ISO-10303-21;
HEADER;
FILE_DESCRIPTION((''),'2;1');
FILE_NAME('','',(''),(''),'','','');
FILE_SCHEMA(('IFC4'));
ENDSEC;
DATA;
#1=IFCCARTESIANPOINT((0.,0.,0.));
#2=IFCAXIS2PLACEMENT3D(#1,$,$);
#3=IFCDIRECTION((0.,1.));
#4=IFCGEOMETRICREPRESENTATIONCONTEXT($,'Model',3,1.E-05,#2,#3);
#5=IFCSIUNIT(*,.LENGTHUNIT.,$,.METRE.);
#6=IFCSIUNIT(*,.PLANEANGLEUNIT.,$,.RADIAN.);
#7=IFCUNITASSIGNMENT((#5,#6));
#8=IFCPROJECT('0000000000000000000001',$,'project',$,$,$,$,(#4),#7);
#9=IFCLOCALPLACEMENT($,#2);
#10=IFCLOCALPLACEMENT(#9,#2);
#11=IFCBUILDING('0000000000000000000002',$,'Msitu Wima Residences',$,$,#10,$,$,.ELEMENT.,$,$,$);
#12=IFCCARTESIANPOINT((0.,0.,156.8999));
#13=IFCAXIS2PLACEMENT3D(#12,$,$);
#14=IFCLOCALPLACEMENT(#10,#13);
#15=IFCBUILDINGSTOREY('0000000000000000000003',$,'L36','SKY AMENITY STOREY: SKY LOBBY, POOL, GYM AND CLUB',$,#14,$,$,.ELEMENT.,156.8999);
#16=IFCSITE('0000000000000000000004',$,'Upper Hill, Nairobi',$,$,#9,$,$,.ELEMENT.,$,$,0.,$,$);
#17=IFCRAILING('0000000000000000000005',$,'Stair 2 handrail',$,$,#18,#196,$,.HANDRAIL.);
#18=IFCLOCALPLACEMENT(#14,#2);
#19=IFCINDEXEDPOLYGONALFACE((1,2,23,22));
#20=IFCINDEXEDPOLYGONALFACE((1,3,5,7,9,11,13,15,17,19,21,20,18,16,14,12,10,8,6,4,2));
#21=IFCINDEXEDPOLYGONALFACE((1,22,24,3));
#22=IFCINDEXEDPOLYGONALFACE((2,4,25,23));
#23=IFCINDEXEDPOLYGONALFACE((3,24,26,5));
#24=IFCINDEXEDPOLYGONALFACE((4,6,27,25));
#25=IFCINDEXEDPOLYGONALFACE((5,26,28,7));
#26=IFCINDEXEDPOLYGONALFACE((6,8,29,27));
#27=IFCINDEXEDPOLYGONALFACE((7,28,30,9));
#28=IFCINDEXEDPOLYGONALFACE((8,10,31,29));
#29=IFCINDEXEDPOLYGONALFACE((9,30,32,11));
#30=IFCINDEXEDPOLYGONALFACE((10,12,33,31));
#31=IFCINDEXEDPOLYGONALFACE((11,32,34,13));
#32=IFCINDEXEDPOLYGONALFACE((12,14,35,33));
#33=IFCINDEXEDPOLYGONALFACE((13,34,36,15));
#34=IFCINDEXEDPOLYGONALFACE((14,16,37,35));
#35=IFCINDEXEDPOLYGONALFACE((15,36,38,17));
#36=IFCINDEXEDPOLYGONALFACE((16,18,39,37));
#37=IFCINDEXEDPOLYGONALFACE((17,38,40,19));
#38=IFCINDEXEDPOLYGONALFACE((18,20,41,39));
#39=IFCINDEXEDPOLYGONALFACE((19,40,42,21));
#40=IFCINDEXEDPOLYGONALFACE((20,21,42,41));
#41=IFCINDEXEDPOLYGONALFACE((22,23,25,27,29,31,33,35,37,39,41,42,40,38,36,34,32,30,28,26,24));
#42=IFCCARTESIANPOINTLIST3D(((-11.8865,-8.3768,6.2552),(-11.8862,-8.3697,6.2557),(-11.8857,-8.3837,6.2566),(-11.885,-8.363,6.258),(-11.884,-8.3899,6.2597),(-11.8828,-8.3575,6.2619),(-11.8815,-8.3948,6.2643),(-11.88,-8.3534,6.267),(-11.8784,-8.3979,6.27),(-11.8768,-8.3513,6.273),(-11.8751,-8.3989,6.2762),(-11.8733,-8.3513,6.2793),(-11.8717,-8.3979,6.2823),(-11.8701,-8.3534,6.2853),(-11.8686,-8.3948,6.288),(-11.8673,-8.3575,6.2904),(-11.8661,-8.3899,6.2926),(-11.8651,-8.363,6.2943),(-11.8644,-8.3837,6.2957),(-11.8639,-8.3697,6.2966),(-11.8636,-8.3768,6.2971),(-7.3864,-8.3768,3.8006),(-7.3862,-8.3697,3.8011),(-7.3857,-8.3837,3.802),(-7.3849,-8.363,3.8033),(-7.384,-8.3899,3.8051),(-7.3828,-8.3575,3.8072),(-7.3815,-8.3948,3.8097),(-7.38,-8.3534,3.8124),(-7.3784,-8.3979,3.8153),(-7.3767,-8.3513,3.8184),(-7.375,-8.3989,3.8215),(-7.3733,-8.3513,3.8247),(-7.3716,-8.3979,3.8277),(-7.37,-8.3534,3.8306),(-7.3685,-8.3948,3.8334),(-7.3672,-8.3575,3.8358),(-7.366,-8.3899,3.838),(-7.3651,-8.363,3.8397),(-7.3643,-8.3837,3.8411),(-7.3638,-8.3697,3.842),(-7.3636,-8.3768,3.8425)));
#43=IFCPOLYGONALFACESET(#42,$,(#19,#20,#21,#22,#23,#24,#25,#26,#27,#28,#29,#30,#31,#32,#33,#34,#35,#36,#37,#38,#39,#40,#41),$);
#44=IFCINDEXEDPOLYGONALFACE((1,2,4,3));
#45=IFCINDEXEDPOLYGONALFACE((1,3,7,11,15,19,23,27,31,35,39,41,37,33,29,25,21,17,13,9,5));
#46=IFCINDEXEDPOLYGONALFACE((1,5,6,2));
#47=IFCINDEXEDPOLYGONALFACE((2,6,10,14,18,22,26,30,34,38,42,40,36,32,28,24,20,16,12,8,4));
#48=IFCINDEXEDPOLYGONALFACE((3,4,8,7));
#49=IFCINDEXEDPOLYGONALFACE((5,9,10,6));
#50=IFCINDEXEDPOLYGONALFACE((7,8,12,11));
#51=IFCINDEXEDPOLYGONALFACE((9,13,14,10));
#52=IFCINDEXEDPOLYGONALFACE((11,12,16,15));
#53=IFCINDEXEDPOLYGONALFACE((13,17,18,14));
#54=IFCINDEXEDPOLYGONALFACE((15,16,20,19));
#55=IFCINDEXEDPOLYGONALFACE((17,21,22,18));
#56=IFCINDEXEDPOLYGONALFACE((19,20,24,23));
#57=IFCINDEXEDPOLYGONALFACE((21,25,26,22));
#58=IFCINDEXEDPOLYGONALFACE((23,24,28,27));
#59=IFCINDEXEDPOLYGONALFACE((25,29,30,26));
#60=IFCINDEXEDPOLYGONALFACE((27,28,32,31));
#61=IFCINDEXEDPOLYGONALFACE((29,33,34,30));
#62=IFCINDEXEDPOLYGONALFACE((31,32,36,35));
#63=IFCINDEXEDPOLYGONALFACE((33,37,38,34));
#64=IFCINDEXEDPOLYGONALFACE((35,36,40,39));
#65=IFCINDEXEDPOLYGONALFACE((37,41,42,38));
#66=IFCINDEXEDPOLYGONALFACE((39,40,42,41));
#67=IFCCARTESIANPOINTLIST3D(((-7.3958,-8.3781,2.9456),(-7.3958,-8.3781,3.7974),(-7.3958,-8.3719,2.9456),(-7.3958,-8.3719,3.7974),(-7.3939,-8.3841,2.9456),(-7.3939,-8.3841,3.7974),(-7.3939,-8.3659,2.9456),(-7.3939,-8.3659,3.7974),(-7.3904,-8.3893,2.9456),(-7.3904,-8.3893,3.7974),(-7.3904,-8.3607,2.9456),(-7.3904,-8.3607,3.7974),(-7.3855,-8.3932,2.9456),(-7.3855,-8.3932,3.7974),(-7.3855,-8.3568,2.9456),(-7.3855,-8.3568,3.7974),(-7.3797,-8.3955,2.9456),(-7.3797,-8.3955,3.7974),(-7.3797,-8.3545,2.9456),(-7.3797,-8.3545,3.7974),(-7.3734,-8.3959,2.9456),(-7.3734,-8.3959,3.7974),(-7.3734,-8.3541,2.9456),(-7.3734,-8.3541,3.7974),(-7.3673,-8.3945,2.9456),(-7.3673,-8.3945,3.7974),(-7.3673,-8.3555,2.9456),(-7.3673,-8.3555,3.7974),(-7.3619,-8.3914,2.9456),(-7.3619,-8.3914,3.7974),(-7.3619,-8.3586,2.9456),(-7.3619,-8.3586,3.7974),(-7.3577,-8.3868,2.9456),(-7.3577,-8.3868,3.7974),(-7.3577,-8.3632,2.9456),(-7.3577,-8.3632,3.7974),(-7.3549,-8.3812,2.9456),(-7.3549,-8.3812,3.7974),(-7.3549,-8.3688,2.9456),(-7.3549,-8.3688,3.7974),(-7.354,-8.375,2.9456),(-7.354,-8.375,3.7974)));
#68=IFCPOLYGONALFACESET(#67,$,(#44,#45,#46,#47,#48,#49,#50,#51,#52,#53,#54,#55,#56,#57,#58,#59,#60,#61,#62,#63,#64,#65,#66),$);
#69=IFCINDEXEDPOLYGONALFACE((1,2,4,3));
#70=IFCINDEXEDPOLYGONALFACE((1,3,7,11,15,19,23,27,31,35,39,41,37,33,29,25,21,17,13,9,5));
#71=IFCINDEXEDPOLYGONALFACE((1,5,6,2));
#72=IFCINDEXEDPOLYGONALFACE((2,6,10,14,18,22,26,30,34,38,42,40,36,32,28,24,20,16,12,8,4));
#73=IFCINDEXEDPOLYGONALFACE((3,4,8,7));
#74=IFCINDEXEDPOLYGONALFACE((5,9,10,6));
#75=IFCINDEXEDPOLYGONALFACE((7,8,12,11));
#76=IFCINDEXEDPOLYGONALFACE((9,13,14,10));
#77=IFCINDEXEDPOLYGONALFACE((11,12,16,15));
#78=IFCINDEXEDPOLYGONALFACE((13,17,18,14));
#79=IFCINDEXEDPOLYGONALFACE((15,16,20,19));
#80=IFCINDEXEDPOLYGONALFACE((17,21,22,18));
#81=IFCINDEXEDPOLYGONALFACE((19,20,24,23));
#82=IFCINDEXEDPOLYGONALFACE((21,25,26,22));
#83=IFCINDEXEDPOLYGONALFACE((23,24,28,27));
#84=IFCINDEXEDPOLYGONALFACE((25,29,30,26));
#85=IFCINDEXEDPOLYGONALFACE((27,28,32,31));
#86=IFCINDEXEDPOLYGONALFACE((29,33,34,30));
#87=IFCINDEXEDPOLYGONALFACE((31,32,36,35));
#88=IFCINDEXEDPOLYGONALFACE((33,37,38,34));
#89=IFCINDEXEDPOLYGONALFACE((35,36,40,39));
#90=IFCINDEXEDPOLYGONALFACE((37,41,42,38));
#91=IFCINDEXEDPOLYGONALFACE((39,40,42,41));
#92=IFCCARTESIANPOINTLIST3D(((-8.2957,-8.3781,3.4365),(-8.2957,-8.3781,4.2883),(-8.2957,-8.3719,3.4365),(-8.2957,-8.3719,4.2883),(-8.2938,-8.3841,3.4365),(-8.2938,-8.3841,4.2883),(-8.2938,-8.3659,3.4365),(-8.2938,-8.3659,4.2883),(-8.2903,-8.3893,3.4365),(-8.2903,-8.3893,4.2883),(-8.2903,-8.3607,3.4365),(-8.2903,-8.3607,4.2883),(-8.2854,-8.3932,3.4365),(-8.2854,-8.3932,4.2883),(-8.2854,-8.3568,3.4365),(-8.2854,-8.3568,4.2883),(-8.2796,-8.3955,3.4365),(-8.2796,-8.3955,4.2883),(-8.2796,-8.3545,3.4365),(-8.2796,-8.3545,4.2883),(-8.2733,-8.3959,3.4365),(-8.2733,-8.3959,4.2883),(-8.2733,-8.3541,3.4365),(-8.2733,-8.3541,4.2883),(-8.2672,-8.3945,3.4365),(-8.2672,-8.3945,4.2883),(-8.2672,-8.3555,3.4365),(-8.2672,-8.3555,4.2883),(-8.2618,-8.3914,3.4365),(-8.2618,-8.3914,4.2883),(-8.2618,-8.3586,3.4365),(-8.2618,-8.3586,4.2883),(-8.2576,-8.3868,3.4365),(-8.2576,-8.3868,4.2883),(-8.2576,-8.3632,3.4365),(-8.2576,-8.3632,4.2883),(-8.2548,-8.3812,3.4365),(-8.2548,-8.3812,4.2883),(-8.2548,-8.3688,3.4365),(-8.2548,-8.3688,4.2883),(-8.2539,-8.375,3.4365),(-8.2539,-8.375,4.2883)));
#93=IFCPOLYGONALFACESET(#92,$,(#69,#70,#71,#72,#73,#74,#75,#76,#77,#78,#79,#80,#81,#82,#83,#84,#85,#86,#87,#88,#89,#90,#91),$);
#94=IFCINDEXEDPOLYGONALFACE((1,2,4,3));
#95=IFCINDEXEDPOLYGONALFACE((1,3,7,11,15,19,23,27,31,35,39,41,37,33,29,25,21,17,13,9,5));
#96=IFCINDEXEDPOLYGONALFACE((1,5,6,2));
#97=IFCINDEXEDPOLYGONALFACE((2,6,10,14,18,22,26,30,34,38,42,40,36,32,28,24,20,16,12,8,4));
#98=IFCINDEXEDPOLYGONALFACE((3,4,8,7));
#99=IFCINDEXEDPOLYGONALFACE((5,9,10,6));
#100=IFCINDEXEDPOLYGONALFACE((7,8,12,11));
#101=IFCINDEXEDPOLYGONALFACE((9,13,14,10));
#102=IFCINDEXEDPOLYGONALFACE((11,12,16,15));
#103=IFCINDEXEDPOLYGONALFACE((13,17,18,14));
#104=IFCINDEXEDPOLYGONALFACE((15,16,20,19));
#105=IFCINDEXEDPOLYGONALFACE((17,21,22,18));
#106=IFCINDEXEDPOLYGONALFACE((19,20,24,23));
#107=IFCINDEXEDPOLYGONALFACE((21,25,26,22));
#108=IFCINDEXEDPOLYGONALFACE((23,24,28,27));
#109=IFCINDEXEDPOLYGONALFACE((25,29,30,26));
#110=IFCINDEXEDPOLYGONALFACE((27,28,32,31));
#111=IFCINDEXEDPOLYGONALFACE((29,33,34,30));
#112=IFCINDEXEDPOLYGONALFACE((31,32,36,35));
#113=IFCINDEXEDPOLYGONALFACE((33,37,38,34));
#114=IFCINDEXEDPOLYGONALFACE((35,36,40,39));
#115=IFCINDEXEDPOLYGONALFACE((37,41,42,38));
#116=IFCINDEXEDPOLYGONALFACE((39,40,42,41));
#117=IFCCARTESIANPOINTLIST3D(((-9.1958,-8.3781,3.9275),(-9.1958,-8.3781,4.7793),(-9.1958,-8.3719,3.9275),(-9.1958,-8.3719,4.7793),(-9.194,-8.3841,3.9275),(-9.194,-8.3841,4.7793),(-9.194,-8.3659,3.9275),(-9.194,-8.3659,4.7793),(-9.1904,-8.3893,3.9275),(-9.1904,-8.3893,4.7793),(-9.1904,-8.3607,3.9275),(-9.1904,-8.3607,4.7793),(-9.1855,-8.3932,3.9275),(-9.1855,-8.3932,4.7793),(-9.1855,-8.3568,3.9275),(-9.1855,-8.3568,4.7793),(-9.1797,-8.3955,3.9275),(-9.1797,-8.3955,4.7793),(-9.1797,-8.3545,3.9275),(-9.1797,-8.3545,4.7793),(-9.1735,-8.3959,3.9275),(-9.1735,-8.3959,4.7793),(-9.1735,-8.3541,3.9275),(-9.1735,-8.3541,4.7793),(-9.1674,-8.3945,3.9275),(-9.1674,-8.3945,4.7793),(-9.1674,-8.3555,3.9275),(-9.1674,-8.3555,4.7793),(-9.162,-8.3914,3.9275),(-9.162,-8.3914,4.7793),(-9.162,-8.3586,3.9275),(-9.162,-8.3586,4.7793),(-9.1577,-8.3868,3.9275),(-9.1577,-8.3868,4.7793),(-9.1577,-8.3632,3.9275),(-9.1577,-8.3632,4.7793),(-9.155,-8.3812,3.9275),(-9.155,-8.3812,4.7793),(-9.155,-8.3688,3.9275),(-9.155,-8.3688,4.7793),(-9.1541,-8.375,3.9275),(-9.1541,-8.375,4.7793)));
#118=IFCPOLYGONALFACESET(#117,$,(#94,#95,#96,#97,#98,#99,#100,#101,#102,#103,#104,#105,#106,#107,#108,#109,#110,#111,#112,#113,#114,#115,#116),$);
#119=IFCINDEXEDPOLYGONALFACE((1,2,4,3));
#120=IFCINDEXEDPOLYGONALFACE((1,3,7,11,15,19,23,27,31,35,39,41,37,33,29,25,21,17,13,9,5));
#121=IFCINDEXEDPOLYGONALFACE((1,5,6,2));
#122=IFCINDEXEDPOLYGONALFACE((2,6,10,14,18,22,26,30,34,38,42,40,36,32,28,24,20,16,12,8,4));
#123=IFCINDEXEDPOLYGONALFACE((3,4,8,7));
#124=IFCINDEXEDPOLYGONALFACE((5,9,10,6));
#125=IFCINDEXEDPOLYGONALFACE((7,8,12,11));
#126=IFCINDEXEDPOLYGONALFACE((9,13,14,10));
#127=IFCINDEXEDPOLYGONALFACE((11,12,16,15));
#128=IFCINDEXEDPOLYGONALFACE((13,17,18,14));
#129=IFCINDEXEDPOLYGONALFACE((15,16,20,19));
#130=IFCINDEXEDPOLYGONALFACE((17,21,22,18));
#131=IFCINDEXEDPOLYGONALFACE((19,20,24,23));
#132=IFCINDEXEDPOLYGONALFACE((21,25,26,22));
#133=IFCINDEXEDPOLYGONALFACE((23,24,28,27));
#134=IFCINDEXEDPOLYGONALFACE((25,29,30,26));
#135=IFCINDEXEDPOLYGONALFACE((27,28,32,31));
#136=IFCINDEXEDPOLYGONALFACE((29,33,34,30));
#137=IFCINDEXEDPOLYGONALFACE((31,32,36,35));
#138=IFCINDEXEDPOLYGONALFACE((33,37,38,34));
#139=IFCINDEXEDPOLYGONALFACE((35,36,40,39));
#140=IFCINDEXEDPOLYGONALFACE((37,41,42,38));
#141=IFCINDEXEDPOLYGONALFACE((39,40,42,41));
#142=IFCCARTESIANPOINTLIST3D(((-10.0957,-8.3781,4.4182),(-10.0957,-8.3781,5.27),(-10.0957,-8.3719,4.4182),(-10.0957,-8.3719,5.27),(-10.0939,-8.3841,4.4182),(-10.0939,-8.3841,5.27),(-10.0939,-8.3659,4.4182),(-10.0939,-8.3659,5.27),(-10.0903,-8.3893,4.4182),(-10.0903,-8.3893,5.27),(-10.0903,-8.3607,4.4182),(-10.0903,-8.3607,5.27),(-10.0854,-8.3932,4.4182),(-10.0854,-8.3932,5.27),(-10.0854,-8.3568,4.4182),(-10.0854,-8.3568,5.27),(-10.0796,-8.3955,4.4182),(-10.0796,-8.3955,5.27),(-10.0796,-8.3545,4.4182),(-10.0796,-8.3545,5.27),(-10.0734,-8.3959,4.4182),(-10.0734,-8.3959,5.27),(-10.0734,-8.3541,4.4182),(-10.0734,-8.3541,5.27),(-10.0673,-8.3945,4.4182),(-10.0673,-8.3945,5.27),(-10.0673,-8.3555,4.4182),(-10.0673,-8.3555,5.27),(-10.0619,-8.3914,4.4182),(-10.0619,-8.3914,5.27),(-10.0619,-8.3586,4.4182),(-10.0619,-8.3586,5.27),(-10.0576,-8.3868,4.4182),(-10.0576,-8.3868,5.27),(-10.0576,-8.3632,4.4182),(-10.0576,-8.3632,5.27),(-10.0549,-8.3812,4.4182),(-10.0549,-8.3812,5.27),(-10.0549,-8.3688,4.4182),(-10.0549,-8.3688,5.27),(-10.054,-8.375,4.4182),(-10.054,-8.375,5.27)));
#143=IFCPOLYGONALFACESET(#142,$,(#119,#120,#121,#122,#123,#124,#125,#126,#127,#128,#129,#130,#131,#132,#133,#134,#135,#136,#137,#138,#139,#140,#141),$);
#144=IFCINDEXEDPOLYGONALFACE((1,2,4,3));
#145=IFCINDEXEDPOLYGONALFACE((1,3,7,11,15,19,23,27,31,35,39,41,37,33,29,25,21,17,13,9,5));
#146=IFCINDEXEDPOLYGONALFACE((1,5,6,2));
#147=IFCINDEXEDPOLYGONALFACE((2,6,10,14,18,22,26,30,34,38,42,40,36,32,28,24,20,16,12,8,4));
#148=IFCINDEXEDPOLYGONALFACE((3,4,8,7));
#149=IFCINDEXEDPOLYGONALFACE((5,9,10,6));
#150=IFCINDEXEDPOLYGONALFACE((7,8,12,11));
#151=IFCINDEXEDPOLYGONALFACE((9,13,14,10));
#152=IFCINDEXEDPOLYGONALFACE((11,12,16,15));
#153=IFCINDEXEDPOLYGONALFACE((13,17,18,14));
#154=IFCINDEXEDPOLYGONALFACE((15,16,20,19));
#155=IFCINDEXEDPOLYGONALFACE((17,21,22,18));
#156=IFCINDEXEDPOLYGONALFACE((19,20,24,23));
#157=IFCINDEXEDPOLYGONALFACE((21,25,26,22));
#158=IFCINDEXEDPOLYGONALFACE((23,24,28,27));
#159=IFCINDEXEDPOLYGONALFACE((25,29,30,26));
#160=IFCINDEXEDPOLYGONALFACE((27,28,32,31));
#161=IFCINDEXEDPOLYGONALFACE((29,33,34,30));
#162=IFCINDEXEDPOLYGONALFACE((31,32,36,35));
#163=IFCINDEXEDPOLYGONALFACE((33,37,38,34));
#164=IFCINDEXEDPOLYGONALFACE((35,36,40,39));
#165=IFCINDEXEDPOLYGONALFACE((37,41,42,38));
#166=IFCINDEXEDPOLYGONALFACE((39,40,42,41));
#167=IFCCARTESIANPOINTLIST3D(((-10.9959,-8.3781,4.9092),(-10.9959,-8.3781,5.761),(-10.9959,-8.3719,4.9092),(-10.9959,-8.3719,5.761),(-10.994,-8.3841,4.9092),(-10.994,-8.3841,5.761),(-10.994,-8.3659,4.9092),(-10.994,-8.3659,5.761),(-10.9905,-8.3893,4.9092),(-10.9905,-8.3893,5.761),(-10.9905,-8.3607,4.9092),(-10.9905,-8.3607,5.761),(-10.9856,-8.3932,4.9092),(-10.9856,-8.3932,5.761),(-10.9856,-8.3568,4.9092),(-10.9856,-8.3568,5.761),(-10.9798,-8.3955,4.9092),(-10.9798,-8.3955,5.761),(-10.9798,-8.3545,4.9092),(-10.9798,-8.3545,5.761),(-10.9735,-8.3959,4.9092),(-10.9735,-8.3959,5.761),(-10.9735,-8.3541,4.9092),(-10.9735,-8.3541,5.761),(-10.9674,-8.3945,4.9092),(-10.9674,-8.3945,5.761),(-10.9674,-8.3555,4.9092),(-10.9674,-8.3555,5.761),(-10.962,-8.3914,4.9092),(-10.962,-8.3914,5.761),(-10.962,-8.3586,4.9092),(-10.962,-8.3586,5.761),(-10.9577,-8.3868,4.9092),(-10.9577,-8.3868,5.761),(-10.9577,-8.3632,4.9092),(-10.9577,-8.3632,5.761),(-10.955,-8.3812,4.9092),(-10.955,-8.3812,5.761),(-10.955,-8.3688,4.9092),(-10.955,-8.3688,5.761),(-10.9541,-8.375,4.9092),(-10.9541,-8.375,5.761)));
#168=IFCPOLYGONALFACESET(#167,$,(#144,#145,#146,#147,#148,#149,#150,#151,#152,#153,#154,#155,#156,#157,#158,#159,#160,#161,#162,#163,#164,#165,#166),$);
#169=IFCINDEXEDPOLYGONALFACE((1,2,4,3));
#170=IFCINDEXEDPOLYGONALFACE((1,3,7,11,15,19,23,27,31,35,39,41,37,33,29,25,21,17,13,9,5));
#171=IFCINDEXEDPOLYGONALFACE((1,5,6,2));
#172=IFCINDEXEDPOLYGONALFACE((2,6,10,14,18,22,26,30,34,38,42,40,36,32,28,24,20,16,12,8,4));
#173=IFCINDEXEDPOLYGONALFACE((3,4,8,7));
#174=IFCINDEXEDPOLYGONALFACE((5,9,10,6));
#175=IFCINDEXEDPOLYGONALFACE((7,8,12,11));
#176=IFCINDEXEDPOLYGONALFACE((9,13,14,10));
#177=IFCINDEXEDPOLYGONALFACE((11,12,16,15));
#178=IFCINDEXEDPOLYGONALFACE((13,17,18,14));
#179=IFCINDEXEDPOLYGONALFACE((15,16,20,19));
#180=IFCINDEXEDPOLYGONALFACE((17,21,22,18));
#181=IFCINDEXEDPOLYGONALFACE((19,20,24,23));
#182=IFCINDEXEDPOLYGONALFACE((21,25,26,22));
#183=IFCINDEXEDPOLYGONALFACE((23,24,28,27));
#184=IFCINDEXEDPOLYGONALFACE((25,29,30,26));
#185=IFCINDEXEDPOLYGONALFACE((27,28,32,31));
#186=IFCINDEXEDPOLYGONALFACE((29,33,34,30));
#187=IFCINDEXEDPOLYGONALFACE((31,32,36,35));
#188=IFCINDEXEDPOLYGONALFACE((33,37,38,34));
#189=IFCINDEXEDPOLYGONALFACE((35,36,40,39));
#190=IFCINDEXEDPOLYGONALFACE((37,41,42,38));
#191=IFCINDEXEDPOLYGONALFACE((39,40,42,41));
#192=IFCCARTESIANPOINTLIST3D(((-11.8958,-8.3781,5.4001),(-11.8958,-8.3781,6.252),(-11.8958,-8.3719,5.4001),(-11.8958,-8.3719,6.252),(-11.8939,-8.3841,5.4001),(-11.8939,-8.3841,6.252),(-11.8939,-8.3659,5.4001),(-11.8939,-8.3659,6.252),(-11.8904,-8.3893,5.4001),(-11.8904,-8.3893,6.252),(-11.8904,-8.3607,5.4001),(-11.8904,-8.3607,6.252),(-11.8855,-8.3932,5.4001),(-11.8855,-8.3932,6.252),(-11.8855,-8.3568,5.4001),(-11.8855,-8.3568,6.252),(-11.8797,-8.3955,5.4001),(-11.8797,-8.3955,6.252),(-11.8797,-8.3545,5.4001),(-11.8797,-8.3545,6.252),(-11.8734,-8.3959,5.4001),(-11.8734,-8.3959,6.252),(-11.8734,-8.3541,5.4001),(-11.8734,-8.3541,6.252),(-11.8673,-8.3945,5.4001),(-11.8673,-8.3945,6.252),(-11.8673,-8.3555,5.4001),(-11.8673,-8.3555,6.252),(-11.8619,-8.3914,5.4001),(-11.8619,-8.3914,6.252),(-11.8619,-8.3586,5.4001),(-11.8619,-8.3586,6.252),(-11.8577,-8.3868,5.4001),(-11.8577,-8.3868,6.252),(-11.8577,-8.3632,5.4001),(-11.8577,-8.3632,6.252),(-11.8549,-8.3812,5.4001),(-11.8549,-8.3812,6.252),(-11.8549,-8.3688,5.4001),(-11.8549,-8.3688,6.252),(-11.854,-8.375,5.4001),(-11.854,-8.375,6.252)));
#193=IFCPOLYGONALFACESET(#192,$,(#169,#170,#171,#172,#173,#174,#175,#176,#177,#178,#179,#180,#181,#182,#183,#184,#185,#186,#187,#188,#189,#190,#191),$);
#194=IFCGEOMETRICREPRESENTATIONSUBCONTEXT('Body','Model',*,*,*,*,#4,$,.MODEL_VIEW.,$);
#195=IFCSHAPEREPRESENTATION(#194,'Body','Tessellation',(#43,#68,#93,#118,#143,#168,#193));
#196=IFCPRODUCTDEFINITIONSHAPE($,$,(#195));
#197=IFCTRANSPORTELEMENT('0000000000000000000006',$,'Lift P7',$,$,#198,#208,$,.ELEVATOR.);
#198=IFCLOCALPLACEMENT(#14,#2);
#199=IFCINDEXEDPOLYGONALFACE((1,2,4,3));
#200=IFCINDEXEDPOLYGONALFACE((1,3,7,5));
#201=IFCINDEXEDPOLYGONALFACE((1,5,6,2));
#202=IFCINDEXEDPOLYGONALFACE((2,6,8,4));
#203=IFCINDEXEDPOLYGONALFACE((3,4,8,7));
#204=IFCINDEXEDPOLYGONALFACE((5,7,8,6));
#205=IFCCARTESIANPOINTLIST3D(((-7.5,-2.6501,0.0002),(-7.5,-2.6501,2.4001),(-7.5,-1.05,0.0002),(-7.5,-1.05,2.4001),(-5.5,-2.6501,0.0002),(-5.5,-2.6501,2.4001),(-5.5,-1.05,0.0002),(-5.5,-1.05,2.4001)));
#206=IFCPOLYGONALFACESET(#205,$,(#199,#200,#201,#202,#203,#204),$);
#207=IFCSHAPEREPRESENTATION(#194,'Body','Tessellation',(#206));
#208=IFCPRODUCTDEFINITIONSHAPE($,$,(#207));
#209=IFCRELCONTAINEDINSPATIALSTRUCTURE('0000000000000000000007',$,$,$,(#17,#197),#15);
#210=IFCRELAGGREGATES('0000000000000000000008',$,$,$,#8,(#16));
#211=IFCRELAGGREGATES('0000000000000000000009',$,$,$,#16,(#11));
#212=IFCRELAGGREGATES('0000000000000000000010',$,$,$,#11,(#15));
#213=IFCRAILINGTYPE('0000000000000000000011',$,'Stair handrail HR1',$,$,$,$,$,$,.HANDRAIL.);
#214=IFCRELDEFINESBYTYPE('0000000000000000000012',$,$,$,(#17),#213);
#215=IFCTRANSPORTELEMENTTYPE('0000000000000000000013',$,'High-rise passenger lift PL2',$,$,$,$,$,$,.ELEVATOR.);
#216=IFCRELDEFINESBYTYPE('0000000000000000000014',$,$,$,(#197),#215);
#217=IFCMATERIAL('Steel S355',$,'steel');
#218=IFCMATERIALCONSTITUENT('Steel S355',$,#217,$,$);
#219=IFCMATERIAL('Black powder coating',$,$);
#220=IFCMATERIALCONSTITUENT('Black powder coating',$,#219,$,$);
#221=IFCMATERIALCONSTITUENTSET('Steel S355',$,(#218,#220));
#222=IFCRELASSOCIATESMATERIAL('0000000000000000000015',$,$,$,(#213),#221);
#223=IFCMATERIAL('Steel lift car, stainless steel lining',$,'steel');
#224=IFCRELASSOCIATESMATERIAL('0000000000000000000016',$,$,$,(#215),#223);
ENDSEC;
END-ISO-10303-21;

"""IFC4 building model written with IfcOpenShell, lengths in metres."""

from ifc_helpers import new_model, si_unit, direction, frame, origin, origin_2d, place, context, subcontext, project, spatial, rectangle, circle, extrude, material, constituent, constituent_set, type_object, element, save


model = new_model("IFC4")

# Units and contexts
model_context = context("Model", 3, precision=1e-05, world=origin(), true_north=direction((0.0, 1.0)))
body_context = subcontext(model_context, "Body", "Model", "MODEL_VIEW")
ifc_project = project(units=[si_unit("LENGTHUNIT", "METRE"), si_unit("PLANEANGLEUNIT", "RADIAN")], contexts=[model_context])

# Site, building, storey
site_placement = place(None, origin())
site = spatial("IfcSite", under=ifc_project, at=site_placement, Name="Upper Hill, Nairobi", CompositionType="ELEMENT", RefElevation=0.0)
building_placement = place(site_placement, origin())
building = spatial("IfcBuilding", under=site, at=building_placement, Name="Msitu Wima Residences", CompositionType="ELEMENT")
storey_placement = place(building_placement, frame((0.0, 0.0, 156.8999)))
storey = spatial("IfcBuildingStorey", under=building, at=storey_placement, Name="L36", Description="SKY AMENITY STOREY: SKY LOBBY, POOL, GYM AND CLUB", CompositionType="ELEMENT", Elevation=156.8999)

# Railing
ifc_material_1 = material(Name="Steel S355", Category="steel")
ifc_constituent_1 = constituent(ifc_material_1, Name="Steel S355")
ifc_material_2 = material(Name="Black powder coating")
ifc_constituent_2 = constituent(ifc_material_2, Name="Black powder coating")
ifc_constituent_set = constituent_set(constituents=[ifc_constituent_1, ifc_constituent_2], Name="Steel S355")
railing_type = type_object("IfcRailingType", Name="Stair handrail HR1", PredefinedType="HANDRAIL", material=ifc_constituent_set)
for number, where, name in (
    (1, (-7.375, -8.375, 2.9456), "Stair 2 handrail"),
):
    element("IfcRailing", number, at=place(storey_placement, frame(where)), inside=storey, type_object=railing_type, Name=name, PredefinedType="HANDRAIL", context=body_context, shape_type="SweptSolid", body=[
        extrude(circle(Radius=0.0239, at=origin_2d()), frame((0.0, 0.0, 0.876), z_axis=(-0.877892, 0.0, 0.478859), x_axis=(0.0, -1.0, 0.0)), (0.0, 0.0, 1.0), 5.126),
        extrude(circle(Radius=0.021, at=origin_2d()), origin(), (0.0, 0.0, 1.0), 0.8518),
        extrude(circle(Radius=0.021, at=origin_2d()), frame((-0.8999, 0.0, 0.491)), (0.0, 0.0, 1.0), 0.8518),
        extrude(circle(Radius=0.021, at=origin_2d()), frame((-1.8, 0.0, 0.9819)), (0.0, 0.0, 1.0), 0.8518),
        extrude(circle(Radius=0.021, at=origin_2d()), frame((-2.7, 0.0, 1.4727)), (0.0, 0.0, 1.0), 0.8518),
        extrude(circle(Radius=0.021, at=origin_2d()), frame((-3.6001, 0.0, 1.9636)), (0.0, 0.0, 1.0), 0.8518),
        extrude(circle(Radius=0.021, at=origin_2d()), frame((-4.5, 0.0, 2.4546)), (0.0, 0.0, 1.0), 0.8518),
    ])

# Transport element
ifc_material_3 = material(Name="Steel lift car, stainless steel lining", Category="steel")
transport_element_type = type_object("IfcTransportElementType", Name="High-rise passenger lift PL2", PredefinedType="ELEVATOR", material=ifc_material_3)
for number, where, z_axis, x_axis, name in (
    (2, (-6.5, -1.8501, 0.0002), (0.0, 0.0, 1.0), (1.0, 0.0, 0.0), "Lift P7"),
):
    element("IfcTransportElement", number, at=place(storey_placement, frame(where, z_axis=z_axis, x_axis=x_axis)), inside=storey, type_object=transport_element_type, Name=name, PredefinedType="ELEVATOR", context=body_context, shape_type="SweptSolid", body=[
        extrude(rectangle(XDim=2.0, YDim=1.6001, at=origin_2d()), origin(), (0.0, 0.0, 1.0), 2.3999),
    ])

save(model, "model.ifc")
